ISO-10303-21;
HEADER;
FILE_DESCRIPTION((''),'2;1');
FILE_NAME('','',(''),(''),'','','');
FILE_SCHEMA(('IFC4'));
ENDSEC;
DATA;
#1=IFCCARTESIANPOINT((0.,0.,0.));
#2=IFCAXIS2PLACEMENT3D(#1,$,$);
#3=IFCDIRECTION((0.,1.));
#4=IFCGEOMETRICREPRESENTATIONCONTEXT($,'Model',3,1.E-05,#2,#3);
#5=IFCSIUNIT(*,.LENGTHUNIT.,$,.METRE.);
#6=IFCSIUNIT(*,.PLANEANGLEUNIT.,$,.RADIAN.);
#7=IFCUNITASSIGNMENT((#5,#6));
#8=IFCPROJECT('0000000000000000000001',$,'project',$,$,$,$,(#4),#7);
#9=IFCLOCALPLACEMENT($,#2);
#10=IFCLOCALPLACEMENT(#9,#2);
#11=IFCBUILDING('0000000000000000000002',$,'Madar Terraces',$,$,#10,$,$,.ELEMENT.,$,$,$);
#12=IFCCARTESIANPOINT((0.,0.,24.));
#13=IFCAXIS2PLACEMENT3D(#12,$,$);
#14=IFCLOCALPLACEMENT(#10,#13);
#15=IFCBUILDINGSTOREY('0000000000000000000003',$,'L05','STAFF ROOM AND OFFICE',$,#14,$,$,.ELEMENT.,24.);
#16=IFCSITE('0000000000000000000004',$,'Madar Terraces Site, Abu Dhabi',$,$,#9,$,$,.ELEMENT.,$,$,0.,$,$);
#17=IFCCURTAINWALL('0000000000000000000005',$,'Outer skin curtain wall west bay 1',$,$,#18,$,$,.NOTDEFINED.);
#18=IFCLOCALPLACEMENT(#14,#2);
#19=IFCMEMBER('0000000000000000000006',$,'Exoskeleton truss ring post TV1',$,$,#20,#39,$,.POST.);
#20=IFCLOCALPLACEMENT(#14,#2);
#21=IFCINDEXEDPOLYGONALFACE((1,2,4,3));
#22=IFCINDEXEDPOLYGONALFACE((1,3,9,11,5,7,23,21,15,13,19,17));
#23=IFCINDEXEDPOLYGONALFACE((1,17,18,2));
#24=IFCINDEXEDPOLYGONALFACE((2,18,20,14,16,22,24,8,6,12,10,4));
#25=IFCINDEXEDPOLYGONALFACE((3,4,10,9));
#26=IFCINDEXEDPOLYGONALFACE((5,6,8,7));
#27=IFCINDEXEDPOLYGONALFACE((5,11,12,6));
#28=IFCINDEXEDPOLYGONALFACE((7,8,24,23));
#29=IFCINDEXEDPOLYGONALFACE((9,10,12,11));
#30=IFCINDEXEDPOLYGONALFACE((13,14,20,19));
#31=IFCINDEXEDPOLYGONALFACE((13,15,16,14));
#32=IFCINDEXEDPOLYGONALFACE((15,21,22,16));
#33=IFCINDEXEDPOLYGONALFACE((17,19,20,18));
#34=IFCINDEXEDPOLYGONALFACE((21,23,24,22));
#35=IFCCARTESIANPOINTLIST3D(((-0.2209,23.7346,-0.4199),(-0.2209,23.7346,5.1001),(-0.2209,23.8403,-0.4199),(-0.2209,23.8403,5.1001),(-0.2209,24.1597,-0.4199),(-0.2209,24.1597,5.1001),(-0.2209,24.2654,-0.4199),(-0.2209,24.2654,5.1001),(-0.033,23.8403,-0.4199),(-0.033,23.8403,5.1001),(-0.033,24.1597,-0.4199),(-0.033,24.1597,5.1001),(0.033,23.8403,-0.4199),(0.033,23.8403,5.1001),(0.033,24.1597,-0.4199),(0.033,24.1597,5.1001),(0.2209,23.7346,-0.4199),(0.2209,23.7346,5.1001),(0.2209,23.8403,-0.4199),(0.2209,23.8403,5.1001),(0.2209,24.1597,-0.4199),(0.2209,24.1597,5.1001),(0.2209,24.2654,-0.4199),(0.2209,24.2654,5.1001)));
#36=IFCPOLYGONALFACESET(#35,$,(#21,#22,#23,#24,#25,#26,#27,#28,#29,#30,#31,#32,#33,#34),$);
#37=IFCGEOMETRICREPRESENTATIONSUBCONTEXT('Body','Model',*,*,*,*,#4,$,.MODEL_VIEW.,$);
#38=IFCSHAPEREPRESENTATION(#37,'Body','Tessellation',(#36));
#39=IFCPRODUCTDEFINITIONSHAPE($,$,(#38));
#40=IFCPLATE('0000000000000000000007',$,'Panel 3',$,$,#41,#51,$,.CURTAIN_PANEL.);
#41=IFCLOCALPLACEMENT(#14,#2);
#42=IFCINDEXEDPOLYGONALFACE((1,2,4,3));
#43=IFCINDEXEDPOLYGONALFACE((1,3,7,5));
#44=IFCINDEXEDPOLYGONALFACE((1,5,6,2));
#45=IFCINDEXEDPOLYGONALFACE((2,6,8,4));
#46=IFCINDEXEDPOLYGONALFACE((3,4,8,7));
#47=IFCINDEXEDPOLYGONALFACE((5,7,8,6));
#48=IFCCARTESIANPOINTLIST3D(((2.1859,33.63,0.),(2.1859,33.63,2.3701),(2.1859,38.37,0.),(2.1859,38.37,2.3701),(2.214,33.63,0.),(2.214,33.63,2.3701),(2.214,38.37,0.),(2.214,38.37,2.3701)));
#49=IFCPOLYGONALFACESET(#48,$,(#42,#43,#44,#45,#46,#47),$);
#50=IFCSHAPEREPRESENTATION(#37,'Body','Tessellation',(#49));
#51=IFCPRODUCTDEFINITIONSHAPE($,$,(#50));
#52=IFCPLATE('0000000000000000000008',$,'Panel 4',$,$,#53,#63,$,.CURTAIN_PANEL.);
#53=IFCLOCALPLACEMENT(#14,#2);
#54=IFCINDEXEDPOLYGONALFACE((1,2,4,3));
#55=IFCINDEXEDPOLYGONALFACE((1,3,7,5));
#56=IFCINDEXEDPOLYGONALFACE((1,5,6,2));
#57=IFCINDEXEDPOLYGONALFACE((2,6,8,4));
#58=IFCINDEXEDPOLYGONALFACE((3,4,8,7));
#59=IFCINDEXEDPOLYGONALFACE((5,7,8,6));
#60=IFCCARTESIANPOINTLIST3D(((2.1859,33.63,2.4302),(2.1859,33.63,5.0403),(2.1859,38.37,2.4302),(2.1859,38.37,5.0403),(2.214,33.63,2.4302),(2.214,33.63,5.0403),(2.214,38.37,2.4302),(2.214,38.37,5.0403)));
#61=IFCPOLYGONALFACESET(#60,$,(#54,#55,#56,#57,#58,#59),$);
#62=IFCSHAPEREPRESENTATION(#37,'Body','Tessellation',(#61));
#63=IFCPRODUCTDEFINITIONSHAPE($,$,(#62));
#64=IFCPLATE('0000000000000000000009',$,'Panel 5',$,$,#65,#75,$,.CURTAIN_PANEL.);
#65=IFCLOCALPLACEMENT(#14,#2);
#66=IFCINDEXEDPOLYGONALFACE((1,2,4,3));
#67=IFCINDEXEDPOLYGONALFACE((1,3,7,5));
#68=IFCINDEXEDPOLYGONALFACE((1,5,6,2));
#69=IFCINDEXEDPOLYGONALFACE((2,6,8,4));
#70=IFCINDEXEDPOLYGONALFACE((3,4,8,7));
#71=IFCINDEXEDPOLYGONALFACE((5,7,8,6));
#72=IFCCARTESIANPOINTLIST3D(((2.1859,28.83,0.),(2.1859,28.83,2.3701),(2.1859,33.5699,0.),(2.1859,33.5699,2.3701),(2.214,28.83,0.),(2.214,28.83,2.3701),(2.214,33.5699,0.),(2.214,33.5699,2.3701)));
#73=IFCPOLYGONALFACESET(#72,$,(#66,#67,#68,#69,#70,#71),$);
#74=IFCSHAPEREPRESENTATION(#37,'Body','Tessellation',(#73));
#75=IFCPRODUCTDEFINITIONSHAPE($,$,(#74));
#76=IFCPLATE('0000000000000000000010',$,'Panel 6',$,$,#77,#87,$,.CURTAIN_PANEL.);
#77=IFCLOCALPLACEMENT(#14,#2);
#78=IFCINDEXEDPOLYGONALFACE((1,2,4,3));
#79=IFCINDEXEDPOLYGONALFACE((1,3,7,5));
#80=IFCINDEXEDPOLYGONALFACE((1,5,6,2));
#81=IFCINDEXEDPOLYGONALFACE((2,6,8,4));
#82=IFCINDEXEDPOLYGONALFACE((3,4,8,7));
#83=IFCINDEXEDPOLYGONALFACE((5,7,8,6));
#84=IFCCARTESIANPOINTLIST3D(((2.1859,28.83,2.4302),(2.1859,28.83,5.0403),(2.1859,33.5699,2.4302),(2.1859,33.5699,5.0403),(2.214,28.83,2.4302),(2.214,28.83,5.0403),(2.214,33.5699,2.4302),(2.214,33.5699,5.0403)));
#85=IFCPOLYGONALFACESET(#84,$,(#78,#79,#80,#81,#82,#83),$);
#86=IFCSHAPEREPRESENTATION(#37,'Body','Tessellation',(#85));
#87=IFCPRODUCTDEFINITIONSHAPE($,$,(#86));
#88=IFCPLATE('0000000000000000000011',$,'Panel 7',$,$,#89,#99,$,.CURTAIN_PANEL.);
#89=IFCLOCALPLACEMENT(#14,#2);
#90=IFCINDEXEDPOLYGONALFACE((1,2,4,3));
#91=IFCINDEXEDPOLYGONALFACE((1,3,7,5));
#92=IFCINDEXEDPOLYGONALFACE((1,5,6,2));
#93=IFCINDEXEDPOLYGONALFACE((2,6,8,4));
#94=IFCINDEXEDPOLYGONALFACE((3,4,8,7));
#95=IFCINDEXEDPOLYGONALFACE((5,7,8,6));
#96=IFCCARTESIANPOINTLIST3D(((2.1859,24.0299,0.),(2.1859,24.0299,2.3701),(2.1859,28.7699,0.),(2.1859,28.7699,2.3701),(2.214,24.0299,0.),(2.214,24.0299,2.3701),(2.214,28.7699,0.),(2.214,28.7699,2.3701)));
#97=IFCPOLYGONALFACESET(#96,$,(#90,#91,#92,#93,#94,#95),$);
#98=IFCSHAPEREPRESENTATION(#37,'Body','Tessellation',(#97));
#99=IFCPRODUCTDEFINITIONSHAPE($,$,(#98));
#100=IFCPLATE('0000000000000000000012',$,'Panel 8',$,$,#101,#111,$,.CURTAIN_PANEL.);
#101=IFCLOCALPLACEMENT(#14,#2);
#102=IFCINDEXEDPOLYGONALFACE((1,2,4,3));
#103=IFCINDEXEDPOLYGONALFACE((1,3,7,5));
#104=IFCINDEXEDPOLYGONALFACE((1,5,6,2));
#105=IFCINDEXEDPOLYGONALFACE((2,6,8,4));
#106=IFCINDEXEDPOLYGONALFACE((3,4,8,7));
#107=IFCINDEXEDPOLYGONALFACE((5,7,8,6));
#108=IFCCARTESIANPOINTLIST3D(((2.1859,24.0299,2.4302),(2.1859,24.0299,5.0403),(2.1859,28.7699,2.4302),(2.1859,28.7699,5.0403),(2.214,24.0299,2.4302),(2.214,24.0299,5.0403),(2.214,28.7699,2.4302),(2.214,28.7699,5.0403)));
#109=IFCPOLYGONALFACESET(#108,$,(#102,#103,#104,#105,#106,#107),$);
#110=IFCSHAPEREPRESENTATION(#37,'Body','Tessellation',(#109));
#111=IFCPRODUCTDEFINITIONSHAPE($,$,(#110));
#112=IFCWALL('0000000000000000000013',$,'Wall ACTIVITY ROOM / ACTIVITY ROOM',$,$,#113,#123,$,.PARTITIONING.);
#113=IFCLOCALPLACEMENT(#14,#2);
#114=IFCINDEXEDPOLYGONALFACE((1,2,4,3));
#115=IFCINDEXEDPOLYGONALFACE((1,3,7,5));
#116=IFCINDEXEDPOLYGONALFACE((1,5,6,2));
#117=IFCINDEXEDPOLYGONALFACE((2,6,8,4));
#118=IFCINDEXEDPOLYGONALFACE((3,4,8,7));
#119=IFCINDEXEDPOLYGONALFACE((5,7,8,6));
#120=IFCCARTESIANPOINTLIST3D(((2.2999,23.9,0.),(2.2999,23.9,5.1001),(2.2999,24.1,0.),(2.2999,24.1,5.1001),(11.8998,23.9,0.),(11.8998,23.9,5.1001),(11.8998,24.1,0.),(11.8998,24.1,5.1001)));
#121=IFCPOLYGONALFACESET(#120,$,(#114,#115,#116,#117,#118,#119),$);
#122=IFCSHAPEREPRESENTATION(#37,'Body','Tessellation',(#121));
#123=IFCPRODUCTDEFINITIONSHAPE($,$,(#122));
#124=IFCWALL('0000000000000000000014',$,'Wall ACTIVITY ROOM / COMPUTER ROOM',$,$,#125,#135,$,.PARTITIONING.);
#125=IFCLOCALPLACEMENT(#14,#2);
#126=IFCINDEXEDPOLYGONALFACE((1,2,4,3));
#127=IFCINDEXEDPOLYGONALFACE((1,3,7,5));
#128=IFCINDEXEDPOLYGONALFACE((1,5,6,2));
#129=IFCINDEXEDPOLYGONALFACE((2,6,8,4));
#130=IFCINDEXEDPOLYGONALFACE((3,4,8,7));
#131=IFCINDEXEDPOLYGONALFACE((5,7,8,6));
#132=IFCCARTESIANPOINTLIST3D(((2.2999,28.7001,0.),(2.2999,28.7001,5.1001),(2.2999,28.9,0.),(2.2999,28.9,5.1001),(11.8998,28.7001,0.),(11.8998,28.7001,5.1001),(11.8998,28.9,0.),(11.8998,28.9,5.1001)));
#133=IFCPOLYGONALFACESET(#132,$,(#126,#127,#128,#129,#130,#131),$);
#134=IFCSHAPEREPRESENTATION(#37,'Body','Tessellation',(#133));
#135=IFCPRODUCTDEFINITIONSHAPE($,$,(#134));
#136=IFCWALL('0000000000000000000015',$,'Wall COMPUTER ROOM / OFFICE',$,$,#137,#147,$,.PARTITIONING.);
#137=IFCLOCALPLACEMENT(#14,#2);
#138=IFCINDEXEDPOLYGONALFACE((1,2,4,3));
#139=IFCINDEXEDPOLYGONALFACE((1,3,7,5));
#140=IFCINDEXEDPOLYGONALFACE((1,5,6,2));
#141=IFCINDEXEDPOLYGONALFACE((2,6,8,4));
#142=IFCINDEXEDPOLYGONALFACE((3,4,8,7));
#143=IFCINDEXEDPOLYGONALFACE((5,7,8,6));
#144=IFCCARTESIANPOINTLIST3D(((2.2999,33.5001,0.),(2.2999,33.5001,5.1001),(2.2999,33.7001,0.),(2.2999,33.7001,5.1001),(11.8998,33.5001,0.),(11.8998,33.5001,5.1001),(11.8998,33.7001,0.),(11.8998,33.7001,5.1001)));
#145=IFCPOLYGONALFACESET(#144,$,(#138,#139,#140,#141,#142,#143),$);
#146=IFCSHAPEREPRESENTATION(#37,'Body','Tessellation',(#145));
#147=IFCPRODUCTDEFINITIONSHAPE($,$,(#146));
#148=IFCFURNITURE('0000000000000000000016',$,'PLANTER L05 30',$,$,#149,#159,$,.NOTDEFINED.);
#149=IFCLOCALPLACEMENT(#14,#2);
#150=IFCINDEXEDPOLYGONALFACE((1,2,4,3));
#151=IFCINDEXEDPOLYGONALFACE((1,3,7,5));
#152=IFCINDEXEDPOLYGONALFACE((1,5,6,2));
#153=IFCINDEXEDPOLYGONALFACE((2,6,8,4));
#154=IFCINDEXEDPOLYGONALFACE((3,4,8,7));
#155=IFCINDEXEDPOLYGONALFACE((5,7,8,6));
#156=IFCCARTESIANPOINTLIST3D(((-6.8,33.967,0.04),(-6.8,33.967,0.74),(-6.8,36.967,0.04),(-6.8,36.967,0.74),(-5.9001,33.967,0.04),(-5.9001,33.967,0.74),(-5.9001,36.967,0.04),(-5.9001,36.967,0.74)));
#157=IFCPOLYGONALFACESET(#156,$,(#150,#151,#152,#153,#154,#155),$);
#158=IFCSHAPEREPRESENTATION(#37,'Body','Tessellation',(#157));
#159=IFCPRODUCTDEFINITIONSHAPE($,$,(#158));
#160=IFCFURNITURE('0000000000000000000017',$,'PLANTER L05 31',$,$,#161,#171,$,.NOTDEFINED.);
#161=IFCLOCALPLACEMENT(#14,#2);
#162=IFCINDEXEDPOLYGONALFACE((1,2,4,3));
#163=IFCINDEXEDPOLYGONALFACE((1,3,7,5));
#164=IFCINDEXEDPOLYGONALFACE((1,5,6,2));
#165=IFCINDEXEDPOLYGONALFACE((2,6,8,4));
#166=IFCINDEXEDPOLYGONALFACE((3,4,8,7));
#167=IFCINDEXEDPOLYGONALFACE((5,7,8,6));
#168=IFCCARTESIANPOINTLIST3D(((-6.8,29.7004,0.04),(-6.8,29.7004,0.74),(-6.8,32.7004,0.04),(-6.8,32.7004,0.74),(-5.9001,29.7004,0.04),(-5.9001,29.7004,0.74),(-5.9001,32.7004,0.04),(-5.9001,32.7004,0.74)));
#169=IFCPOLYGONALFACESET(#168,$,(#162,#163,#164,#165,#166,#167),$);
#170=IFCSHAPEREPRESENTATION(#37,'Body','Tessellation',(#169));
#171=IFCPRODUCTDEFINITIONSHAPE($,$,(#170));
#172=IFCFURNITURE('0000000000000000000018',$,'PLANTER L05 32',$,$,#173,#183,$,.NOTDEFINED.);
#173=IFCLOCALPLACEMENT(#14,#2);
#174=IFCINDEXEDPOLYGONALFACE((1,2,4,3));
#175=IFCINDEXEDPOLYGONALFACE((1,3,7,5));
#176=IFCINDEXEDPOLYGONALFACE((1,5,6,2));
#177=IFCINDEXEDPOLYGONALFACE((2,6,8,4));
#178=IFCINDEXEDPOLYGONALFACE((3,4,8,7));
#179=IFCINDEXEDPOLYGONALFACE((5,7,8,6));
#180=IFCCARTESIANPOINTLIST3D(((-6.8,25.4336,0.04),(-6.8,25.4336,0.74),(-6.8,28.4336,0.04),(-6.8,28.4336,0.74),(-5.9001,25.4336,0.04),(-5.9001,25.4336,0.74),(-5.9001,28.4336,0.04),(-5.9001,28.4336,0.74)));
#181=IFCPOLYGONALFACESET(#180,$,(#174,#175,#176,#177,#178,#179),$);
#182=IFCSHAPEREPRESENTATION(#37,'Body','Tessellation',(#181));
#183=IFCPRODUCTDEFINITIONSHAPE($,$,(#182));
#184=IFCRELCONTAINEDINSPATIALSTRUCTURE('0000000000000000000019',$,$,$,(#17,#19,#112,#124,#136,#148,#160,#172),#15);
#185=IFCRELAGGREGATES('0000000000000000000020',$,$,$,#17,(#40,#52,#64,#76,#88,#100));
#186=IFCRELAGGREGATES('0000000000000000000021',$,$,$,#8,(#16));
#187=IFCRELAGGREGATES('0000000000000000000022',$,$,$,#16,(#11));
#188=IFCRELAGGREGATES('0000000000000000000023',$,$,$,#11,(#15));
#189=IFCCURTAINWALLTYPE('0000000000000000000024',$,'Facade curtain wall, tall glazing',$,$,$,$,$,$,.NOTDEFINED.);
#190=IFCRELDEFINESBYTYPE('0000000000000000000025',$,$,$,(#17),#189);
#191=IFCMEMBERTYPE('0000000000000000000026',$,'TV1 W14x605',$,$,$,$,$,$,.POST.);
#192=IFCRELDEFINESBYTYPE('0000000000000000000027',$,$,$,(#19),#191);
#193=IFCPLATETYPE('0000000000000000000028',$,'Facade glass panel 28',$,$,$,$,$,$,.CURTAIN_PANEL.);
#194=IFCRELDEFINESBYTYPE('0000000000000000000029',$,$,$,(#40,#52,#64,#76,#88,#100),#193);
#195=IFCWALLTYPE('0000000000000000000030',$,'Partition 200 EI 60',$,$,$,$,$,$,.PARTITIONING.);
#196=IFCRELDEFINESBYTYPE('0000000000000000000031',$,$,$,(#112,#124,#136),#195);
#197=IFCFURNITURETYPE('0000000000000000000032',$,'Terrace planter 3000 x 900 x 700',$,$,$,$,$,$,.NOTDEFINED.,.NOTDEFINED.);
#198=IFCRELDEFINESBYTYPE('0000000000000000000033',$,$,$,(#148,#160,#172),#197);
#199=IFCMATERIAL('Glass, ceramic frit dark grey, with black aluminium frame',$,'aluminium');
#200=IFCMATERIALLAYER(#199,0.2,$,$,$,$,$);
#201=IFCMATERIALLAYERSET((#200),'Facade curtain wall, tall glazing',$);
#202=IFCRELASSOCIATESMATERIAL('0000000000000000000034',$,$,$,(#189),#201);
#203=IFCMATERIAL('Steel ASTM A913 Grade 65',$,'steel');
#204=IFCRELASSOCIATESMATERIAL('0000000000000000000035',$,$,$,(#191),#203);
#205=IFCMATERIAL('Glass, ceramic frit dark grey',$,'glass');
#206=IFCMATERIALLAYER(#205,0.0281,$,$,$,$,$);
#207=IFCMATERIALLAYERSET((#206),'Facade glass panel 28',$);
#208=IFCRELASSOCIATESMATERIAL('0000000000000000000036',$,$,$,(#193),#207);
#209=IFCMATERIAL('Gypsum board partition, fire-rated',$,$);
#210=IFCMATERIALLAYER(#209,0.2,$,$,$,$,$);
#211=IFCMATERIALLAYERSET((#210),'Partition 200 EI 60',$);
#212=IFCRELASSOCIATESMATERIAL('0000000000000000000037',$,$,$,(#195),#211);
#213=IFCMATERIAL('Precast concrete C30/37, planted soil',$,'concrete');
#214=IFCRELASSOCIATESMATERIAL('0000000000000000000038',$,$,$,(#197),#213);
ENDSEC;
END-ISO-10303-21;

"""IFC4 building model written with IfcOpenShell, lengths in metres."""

from ifc_helpers import new_model, si_unit, direction, frame, frame_2d, origin, origin_2d, place, context, subcontext, project, spatial, rectangle, i_section, extrude, material, layer, layer_set, material_profile, profile_set, type_object, element, aggregate, save


model = new_model("IFC4")

# Units and contexts
model_context = context("Model", 3, precision=1e-05, world=origin(), true_north=direction((0.0, 1.0)))
body_context = subcontext(model_context, "Body", "Model", "MODEL_VIEW")
ifc_project = project(units=[si_unit("LENGTHUNIT", "METRE"), si_unit("PLANEANGLEUNIT", "RADIAN")], contexts=[model_context])

# Site, building, storey
site_placement = place(None, origin())
site = spatial("IfcSite", under=ifc_project, at=site_placement, Name="Madar Terraces Site, Abu Dhabi", CompositionType="ELEMENT", RefElevation=0.0)
building_placement = place(site_placement, origin())
building = spatial("IfcBuilding", under=site, at=building_placement, Name="Madar Terraces", CompositionType="ELEMENT")
storey_placement = place(building_placement, frame((0.0, 0.0, 24.0)))
storey = spatial("IfcBuildingStorey", under=building, at=storey_placement, Name="L05", Description="STAFF ROOM AND OFFICE", CompositionType="ELEMENT", Elevation=24.0)

# Curtain wall
ifc_material_1 = material(Name="Glass, ceramic frit dark grey, with black aluminium frame", Category="aluminium")
ifc_layer_1 = layer(ifc_material_1, 0.2)
ifc_layer_set_1 = layer_set([ifc_layer_1], Name="Facade curtain wall, tall glazing")
curtain_wall_type = type_object("IfcCurtainWallType", Name="Facade curtain wall, tall glazing", PredefinedType="NOTDEFINED", material=ifc_layer_set_1)
curtain_wall_placement = place(storey_placement, origin())
curtain_wall = element("IfcCurtainWall", 1, at=curtain_wall_placement, inside=storey, type_object=curtain_wall_type, Name="Outer skin curtain wall west bay 1", PredefinedType="NOTDEFINED")

# Member
ifc_material_2 = material(Name="Steel ASTM A913 Grade 65", Category="steel")
ifc_material_profile_1 = material_profile(ifc_material_2, i_section(OverallWidth=0.4419, OverallDepth=0.5308, WebThickness=0.0659, FlangeThickness=0.1057, at=origin_2d()), Name="W14x605")
ifc_profile_set_1 = profile_set([ifc_material_profile_1], Name="Steel ASTM A913 Grade 65")
member_type_1 = type_object("IfcMemberType", Name="TV1 W14x605", PredefinedType="POST", material=ifc_profile_set_1)
member_1_placement = place(storey_placement, frame((0.0, 24.0, -0.4199), z_axis=(0.0, 0.0, 1.0), x_axis=(1.0, 0.0, 0.0)))
element("IfcMember", 2, at=member_1_placement, inside=storey, type_object=member_type_1, Name="Exoskeleton truss ring post TV1", PredefinedType="POST", context=body_context, shape_type="SweptSolid", body=[
    extrude(i_section(OverallWidth=0.4419, OverallDepth=0.5308, WebThickness=0.0659, FlangeThickness=0.1057, at=origin_2d()), origin(), (0.0, 0.0, 1.0), 5.52),
])

# Plates
ifc_material_3 = material(Name="Glass, ceramic frit dark grey", Category="glass")
ifc_layer_2 = layer(ifc_material_3, 0.0281)
ifc_layer_set_2 = layer_set([ifc_layer_2], Name="Facade glass panel 28")
plate_type = type_object("IfcPlateType", Name="Facade glass panel 28", PredefinedType="CURTAIN_PANEL", material=ifc_layer_set_2)
plate_1_placement = place(storey_placement, frame((2.2, 36.0, 0.0), z_axis=(0.0, 0.0, 1.0), x_axis=(0.0, -1.0, 0.0)))
plate_1 = element("IfcPlate", 3, at=plate_1_placement, type_object=plate_type, Name="Panel 3", PredefinedType="CURTAIN_PANEL", context=body_context, shape_type="SweptSolid", body=[
    extrude(rectangle(XDim=4.74, YDim=0.0281, at=origin_2d()), origin(), (0.0, 0.0, 1.0), 2.3701),
])
plate_2_placement = place(storey_placement, frame((2.2, 36.0, 2.4302), z_axis=(0.0, 0.0, 1.0), x_axis=(0.0, -1.0, 0.0)))
plate_2 = element("IfcPlate", 4, at=plate_2_placement, type_object=plate_type, Name="Panel 4", PredefinedType="CURTAIN_PANEL", context=body_context, shape_type="SweptSolid", body=[
    extrude(rectangle(XDim=4.74, YDim=0.0281, at=origin_2d()), origin(), (0.0, 0.0, 1.0), 2.6101),
])
plate_3_placement = place(storey_placement, frame((2.2, 31.2, 0.0), z_axis=(0.0, 0.0, 1.0), x_axis=(0.0, -1.0, 0.0)))
plate_3 = element("IfcPlate", 5, at=plate_3_placement, type_object=plate_type, Name="Panel 5", PredefinedType="CURTAIN_PANEL", context=body_context, shape_type="SweptSolid", body=[
    extrude(rectangle(XDim=4.74, YDim=0.0281, at=origin_2d()), origin(), (0.0, 0.0, 1.0), 2.3701),
])
plate_4_placement = place(storey_placement, frame((2.2, 31.2, 2.4302), z_axis=(0.0, 0.0, 1.0), x_axis=(0.0, -1.0, 0.0)))
plate_4 = element("IfcPlate", 6, at=plate_4_placement, type_object=plate_type, Name="Panel 6", PredefinedType="CURTAIN_PANEL", context=body_context, shape_type="SweptSolid", body=[
    extrude(rectangle(XDim=4.74, YDim=0.0281, at=origin_2d()), origin(), (0.0, 0.0, 1.0), 2.6101),
])
plate_5_placement = place(storey_placement, frame((2.2, 26.3999, 0.0), z_axis=(0.0, 0.0, 1.0), x_axis=(0.0, -1.0, 0.0)))
plate_5 = element("IfcPlate", 7, at=plate_5_placement, type_object=plate_type, Name="Panel 7", PredefinedType="CURTAIN_PANEL", context=body_context, shape_type="SweptSolid", body=[
    extrude(rectangle(XDim=4.74, YDim=0.0281, at=origin_2d()), origin(), (0.0, 0.0, 1.0), 2.3701),
])
plate_6_placement = place(storey_placement, frame((2.2, 26.3999, 2.4302), z_axis=(0.0, 0.0, 1.0), x_axis=(0.0, -1.0, 0.0)))
plate_6 = element("IfcPlate", 8, at=plate_6_placement, type_object=plate_type, Name="Panel 8", PredefinedType="CURTAIN_PANEL", context=body_context, shape_type="SweptSolid", body=[
    extrude(rectangle(XDim=4.74, YDim=0.0281, at=origin_2d()), origin(), (0.0, 0.0, 1.0), 2.6101),
])
aggregate(curtain_wall, [plate_1, plate_2, plate_3, plate_4, plate_5, plate_6])

# Walls
ifc_material_4 = material(Name="Gypsum board partition, fire-rated")
ifc_layer_3 = layer(ifc_material_4, 0.2)
ifc_layer_set_3 = layer_set([ifc_layer_3], Name="Partition 200 EI 60")
wall_type = type_object("IfcWallType", Name="Partition 200 EI 60", PredefinedType="PARTITIONING", material=ifc_layer_set_3)
for number, where, z_axis, x_axis, name in (
    (9, (2.3, 24.0, 0.0), (0.0, 0.0, 1.0), (1.0, 0.0, 0.0), "Wall ACTIVITY ROOM / ACTIVITY ROOM"),
    (10, (2.3, 28.8, 0.0), (0.0, 0.0, 1.0), (1.0, 0.0, 0.0), "Wall ACTIVITY ROOM / COMPUTER ROOM"),
    (11, (2.3, 33.6001, 0.0), (0.0, 0.0, 1.0), (1.0, 0.0, 0.0), "Wall COMPUTER ROOM / OFFICE"),
):
    element("IfcWall", number, at=place(storey_placement, frame(where, z_axis=z_axis, x_axis=x_axis)), inside=storey, type_object=wall_type, Name=name, PredefinedType="PARTITIONING", context=body_context, shape_type="SweptSolid", body=[
        extrude(rectangle(XDim=9.5999, YDim=0.2, at=frame_2d((4.7998, 0.0))), origin(), (0.0, 0.0, 1.0), 5.1001),
    ])

# Furniture
ifc_material_5 = material(Name="Precast concrete C30/37, planted soil", Category="concrete")
furniture_type = type_object("IfcFurnitureType", Name="Terrace planter 3000 x 900 x 700", AssemblyPlace="NOTDEFINED", PredefinedType="NOTDEFINED", material=ifc_material_5)
for number, where, z_axis, x_axis, name in (
    (12, (-6.3501, 35.467, 0.04), (0.0, 0.0, 1.0), (0.0, -1.0, 0.0), "PLANTER L05 30"),
    (13, (-6.3501, 31.2004, 0.04), (0.0, 0.0, 1.0), (0.0, -1.0, 0.0), "PLANTER L05 31"),
    (14, (-6.3501, 26.9336, 0.04), (0.0, 0.0, 1.0), (0.0, -1.0, 0.0), "PLANTER L05 32"),
):
    element("IfcFurniture", number, at=place(storey_placement, frame(where, z_axis=z_axis, x_axis=x_axis)), inside=storey, type_object=furniture_type, Name=name, PredefinedType="NOTDEFINED", context=body_context, shape_type="SweptSolid", body=[
        extrude(rectangle(XDim=3.0, YDim=0.8999, at=origin_2d()), origin(), (0.0, 0.0, 1.0), 0.7),
    ])

save(model, "model.ifc")
